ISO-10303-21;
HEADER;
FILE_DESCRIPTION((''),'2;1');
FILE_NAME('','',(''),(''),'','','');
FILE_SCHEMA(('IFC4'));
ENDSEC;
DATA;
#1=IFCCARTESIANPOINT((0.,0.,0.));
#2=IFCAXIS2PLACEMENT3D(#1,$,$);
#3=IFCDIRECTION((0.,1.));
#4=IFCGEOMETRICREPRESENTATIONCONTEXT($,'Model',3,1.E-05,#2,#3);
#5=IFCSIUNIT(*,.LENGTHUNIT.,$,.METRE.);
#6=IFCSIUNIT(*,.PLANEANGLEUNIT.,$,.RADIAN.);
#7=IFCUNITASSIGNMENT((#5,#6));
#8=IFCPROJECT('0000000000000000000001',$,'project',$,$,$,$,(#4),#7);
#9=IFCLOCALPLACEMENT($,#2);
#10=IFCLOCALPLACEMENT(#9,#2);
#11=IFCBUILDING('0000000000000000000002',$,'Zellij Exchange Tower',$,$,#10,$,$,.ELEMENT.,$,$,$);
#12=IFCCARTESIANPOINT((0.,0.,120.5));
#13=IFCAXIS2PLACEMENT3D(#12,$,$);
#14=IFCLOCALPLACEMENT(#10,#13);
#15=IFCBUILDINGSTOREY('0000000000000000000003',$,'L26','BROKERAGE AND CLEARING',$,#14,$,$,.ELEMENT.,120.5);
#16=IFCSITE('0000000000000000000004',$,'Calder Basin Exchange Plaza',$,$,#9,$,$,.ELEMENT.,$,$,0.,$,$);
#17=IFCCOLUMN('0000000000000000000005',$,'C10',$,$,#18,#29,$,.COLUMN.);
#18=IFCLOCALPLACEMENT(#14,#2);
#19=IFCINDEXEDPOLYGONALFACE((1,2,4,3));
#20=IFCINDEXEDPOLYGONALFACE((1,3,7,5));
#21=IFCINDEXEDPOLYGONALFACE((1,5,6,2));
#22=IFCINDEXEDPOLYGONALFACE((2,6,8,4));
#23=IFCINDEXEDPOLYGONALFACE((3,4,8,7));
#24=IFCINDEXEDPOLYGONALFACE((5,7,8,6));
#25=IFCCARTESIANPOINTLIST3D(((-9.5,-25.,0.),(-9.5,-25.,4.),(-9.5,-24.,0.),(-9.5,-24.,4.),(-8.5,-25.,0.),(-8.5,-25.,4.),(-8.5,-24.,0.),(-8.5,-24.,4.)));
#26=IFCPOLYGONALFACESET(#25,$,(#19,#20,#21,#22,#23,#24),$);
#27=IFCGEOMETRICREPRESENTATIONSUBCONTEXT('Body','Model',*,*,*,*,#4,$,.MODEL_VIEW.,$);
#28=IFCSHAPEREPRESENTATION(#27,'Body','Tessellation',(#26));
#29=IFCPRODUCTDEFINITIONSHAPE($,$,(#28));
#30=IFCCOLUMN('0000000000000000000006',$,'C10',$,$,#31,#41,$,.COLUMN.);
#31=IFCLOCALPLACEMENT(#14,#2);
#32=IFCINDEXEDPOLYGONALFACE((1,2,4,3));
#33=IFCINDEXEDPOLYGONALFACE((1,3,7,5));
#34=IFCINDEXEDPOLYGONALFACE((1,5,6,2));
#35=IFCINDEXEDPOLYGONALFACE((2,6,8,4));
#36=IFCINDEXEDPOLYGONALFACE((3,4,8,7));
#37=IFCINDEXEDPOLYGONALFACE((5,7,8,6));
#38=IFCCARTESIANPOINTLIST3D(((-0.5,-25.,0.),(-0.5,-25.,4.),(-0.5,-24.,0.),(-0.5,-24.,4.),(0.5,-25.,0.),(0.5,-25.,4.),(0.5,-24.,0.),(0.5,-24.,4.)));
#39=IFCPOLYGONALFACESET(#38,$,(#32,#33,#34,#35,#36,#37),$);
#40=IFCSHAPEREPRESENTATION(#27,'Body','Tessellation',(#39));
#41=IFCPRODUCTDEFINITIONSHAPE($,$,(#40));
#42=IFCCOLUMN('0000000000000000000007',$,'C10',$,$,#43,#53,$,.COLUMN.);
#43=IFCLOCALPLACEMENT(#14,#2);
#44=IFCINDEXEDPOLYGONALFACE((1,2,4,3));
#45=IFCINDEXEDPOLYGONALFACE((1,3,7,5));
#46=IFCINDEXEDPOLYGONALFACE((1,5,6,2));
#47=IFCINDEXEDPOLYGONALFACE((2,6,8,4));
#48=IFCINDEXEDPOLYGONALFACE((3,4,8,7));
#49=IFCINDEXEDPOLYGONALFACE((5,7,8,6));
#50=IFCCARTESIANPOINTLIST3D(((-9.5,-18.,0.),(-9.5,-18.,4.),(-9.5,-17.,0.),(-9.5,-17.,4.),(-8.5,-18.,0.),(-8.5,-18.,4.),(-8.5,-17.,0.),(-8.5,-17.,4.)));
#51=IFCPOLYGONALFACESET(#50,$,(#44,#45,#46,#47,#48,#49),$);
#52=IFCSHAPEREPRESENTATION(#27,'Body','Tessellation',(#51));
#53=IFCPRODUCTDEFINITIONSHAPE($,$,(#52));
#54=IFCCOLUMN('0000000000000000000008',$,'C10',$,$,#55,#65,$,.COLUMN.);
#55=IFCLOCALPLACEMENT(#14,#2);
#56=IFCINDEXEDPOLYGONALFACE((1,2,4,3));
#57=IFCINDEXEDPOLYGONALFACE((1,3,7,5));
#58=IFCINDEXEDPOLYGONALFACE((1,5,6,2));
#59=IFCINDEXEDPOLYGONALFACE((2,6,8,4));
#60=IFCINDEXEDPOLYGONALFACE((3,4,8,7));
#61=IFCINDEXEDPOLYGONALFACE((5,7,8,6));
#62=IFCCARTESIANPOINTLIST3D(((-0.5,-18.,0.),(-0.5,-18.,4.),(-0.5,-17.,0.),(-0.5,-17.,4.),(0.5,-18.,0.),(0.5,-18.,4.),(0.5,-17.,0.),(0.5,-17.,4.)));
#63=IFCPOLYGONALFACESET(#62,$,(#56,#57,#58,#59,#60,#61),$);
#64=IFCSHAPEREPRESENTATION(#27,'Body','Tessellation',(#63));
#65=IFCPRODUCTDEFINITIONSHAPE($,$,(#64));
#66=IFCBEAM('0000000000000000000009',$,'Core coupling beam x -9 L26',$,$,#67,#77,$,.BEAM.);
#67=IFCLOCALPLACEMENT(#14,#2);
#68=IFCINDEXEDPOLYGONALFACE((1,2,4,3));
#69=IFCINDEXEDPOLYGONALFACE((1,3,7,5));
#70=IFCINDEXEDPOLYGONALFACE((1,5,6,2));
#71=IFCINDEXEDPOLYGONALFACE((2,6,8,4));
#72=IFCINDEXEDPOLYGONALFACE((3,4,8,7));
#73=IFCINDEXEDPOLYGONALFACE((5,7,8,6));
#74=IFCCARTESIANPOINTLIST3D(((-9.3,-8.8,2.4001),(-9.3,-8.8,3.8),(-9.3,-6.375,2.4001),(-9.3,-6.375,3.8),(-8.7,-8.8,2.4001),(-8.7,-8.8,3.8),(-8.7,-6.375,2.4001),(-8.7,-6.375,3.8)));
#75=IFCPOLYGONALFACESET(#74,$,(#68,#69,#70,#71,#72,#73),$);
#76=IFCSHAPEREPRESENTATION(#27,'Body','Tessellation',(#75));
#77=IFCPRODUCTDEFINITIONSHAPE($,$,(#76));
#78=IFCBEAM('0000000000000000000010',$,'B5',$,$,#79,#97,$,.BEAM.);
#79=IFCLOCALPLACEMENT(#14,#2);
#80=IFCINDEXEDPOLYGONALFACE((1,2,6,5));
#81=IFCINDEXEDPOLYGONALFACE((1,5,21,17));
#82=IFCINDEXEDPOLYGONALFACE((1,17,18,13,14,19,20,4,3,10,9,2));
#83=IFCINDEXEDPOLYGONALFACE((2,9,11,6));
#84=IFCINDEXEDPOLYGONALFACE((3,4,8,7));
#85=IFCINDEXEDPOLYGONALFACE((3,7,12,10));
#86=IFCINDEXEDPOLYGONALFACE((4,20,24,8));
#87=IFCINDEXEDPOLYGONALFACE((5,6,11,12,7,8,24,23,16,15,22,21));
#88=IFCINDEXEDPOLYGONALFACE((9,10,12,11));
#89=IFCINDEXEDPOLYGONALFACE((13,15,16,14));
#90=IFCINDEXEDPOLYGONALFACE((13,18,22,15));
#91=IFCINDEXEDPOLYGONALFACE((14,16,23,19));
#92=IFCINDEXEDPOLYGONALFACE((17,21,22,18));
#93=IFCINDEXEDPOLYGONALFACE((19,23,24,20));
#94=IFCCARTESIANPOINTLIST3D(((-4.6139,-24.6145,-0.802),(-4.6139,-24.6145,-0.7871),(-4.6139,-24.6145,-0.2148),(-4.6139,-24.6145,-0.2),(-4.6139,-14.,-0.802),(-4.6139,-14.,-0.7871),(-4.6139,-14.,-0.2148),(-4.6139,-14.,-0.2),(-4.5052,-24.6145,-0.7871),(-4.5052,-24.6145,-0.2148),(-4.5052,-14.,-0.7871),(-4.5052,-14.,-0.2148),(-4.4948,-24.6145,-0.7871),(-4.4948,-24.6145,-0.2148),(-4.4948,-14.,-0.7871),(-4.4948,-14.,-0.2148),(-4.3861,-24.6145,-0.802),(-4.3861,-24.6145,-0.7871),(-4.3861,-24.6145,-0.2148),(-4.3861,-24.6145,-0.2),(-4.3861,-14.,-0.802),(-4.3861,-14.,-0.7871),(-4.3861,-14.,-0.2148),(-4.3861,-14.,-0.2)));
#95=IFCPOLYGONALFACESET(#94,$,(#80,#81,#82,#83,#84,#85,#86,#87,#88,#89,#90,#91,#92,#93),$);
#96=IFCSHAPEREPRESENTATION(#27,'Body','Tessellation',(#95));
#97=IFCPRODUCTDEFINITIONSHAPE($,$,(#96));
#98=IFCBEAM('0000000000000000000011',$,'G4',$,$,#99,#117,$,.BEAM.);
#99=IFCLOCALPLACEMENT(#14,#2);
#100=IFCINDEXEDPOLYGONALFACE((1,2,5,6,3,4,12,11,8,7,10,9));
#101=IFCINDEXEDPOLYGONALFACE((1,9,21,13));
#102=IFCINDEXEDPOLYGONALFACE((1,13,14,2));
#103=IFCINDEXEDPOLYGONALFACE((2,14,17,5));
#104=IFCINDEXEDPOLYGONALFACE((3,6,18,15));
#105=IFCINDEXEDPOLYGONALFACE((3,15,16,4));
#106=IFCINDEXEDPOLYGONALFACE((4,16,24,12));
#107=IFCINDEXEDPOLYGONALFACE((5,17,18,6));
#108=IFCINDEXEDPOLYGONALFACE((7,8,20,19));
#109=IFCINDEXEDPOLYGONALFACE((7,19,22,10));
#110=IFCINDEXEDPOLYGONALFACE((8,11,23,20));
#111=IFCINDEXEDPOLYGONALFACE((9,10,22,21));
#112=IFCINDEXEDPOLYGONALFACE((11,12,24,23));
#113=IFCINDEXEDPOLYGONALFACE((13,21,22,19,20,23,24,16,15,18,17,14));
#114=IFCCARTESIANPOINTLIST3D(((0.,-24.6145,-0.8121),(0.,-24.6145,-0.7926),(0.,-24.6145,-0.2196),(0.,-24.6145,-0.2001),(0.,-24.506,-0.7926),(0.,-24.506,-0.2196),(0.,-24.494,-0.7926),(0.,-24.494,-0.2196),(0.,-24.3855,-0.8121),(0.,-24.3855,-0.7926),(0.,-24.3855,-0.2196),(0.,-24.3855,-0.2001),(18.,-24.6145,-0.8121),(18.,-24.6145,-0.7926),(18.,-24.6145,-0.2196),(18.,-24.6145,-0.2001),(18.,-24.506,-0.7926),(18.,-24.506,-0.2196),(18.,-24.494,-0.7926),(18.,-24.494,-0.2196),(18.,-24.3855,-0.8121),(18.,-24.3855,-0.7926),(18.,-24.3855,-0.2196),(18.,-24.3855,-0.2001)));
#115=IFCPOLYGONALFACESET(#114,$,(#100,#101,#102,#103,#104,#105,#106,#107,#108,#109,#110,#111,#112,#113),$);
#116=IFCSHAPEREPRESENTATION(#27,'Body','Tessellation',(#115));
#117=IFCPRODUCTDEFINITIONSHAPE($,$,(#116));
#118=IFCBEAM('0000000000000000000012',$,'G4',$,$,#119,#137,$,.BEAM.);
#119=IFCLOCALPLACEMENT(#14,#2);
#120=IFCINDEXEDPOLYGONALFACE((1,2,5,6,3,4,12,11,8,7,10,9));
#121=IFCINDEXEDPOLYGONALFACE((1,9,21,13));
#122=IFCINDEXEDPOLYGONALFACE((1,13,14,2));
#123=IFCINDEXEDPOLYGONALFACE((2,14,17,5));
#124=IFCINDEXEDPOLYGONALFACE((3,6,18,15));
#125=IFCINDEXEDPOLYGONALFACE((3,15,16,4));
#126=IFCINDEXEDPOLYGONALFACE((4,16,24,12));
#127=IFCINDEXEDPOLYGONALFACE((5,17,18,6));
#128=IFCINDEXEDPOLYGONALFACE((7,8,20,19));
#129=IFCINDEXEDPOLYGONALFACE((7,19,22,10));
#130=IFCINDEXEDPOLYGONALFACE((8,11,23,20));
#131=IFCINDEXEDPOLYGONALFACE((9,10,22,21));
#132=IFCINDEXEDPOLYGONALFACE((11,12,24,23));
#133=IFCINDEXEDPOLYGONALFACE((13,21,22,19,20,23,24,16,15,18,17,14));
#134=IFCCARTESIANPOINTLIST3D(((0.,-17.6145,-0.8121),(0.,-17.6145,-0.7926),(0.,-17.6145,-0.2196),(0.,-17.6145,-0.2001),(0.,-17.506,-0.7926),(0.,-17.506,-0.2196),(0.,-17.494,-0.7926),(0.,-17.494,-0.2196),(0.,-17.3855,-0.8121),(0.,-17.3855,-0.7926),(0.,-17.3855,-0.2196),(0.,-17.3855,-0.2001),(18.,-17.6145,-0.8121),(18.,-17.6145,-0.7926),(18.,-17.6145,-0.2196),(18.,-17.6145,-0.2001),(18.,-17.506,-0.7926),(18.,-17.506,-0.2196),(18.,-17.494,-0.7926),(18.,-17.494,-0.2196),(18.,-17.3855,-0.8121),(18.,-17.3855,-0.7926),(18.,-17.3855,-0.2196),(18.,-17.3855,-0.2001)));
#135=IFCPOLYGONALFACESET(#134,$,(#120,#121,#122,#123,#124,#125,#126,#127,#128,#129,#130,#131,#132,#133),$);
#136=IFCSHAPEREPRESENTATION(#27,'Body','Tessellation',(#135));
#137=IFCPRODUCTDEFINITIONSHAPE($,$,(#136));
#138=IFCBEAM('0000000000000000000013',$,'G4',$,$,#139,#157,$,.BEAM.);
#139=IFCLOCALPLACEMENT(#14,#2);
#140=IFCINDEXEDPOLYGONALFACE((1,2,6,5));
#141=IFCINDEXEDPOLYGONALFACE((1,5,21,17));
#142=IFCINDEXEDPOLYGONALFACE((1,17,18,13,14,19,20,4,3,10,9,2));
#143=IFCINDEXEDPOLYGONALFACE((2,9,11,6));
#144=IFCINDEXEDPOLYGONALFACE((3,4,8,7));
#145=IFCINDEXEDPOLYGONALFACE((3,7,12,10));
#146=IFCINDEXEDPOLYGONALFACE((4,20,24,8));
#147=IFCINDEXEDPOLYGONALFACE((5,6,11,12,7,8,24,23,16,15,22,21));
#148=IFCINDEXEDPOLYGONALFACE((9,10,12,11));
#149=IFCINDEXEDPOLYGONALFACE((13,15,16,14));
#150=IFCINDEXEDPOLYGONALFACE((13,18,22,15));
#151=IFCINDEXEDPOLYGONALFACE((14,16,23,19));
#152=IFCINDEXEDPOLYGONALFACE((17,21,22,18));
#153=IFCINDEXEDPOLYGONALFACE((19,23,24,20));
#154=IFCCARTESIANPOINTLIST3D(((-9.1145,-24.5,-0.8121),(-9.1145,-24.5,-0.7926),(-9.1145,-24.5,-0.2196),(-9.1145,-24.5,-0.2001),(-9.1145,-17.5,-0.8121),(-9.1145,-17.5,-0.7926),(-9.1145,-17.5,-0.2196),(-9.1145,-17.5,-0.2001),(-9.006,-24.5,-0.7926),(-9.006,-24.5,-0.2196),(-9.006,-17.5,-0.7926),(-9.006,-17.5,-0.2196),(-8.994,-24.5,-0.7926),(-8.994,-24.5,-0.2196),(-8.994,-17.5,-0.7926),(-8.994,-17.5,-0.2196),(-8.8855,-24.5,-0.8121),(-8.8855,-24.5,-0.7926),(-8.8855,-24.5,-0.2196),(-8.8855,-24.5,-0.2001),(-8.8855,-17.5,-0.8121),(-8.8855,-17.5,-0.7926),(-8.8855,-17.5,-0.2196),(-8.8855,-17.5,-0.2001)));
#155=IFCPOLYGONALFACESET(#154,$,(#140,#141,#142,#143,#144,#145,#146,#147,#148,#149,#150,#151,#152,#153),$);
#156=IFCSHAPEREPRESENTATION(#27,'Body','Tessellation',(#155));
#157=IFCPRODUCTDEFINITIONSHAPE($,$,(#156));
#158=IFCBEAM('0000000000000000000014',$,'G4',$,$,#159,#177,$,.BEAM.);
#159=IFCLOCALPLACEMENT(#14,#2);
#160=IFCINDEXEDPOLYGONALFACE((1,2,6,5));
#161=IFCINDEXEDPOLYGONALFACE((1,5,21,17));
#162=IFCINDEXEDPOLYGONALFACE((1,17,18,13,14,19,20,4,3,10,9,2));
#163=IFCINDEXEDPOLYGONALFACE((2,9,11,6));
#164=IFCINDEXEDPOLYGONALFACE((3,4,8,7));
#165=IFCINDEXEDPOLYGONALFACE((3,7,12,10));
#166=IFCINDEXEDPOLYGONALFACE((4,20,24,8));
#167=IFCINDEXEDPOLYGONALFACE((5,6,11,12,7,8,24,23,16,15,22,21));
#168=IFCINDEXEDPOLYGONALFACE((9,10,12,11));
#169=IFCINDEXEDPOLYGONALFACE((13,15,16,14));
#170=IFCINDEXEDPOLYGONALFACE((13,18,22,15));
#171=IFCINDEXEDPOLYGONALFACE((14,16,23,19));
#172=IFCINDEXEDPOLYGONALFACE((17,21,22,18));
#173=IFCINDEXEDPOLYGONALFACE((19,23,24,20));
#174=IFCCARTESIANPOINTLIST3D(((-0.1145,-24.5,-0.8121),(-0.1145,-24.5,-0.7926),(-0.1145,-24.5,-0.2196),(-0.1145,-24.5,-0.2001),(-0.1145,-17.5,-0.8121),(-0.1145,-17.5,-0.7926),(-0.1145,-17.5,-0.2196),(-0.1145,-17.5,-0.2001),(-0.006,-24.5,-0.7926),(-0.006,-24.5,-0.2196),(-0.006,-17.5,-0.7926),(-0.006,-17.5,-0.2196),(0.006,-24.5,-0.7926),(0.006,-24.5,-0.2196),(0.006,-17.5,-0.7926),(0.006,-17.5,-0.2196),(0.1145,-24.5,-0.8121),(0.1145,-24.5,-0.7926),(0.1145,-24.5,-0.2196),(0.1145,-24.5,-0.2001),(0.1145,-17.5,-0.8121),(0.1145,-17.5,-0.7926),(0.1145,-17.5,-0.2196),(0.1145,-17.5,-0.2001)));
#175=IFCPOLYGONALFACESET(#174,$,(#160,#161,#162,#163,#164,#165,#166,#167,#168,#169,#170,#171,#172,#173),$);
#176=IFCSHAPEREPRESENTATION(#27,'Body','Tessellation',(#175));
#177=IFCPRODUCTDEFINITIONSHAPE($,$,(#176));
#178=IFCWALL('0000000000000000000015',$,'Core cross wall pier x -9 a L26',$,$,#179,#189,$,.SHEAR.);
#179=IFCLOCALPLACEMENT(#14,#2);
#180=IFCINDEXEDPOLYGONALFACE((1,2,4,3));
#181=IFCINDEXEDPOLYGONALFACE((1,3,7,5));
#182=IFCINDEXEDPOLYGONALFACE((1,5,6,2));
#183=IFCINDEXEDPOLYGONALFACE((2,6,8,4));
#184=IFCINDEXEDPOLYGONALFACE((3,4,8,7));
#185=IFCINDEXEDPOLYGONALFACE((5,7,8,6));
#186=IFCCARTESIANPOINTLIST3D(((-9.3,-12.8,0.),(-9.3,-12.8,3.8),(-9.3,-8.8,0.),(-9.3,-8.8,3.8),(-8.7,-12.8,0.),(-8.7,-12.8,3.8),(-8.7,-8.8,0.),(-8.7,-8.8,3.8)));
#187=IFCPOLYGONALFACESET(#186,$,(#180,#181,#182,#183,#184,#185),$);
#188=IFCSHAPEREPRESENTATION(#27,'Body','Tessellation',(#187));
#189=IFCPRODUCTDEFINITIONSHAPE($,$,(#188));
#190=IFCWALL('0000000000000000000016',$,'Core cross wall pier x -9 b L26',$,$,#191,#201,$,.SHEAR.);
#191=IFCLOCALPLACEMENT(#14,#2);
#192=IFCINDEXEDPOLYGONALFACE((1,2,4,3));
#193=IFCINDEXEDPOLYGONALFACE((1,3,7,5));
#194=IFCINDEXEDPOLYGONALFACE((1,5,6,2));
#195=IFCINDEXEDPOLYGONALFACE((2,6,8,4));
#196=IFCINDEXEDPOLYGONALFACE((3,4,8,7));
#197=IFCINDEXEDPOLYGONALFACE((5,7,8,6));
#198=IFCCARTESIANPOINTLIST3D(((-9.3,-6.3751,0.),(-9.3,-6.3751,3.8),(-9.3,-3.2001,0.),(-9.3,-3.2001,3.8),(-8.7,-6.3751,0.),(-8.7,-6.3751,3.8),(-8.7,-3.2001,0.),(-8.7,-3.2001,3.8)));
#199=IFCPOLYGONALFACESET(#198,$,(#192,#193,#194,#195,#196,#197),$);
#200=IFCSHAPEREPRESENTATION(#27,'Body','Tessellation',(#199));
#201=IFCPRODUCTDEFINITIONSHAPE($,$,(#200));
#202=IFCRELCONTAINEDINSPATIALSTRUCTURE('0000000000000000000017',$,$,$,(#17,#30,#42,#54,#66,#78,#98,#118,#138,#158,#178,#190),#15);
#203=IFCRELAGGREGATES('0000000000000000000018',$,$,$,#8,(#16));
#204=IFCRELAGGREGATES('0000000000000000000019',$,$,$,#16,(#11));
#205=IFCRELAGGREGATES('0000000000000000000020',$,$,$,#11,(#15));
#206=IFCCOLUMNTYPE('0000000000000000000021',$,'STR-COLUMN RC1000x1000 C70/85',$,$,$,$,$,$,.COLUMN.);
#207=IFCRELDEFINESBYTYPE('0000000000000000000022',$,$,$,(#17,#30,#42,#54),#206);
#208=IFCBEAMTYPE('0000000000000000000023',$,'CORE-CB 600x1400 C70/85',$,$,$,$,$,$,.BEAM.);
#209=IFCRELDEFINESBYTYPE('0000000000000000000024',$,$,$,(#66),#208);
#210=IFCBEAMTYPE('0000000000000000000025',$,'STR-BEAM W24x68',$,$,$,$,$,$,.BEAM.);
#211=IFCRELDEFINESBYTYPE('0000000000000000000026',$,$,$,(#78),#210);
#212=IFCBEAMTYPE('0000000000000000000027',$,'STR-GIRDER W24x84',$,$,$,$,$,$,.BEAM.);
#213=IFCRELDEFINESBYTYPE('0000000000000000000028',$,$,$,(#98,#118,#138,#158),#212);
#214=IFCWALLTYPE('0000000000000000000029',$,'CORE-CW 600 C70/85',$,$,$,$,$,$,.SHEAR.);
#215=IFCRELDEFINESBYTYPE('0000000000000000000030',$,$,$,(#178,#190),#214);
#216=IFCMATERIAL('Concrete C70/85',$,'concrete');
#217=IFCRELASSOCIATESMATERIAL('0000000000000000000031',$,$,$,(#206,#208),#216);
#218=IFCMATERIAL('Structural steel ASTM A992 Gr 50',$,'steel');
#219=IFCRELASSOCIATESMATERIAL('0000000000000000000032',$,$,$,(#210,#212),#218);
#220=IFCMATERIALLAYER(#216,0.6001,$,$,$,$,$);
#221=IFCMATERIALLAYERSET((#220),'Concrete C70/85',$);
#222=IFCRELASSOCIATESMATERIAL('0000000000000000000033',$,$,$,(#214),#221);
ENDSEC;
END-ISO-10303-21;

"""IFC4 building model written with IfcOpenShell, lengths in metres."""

from ifc_helpers import new_model, si_unit, direction, frame, frame_2d, origin, origin_2d, place, context, subcontext, project, spatial, rectangle, i_section, extrude, material, layer, layer_set, material_profile, profile_set, type_object, element, save


model = new_model("IFC4")

# Units and contexts
model_context = context("Model", 3, precision=1e-05, world=origin(), true_north=direction((0.0, 1.0)))
body_context = subcontext(model_context, "Body", "Model", "MODEL_VIEW")
ifc_project = project(units=[si_unit("LENGTHUNIT", "METRE"), si_unit("PLANEANGLEUNIT", "RADIAN")], contexts=[model_context])

# Site, building, storey
site_placement = place(None, origin())
site = spatial("IfcSite", under=ifc_project, at=site_placement, Name="Calder Basin Exchange Plaza", CompositionType="ELEMENT", RefElevation=0.0)
building_placement = place(site_placement, origin())
building = spatial("IfcBuilding", under=site, at=building_placement, Name="Zellij Exchange Tower", CompositionType="ELEMENT")
storey_placement = place(building_placement, frame((0.0, 0.0, 120.5)))
storey = spatial("IfcBuildingStorey", under=building, at=storey_placement, Name="L26", Description="BROKERAGE AND CLEARING", CompositionType="ELEMENT", Elevation=120.5)

# Columns
ifc_material_1 = material(Name="Concrete C70/85", Category="concrete")
ifc_material_profile_1 = material_profile(ifc_material_1, rectangle(XDim=1.0, YDim=1.0, at=origin_2d()), Name="STR-COLUMN RC1000x1000 C70/85")
ifc_profile_set_1 = profile_set([ifc_material_profile_1], Name="Concrete C70/85")
column_type = type_object("IfcColumnType", Name="STR-COLUMN RC1000x1000 C70/85", PredefinedType="COLUMN", material=ifc_profile_set_1)
for number, where, z_axis, x_axis, name in (
    (1, (-9.0, -24.5, 0.0), (0.0, 0.0, 1.0), (1.0, 0.0, 0.0), "C10"),
    (2, (0.0, -24.5, 0.0), (0.0, 0.0, 1.0), (1.0, 0.0, 0.0), "C10"),
    (3, (-9.0, -17.5, 0.0), (0.0, 0.0, 1.0), (1.0, 0.0, 0.0), "C10"),
    (4, (0.0, -17.5, 0.0), (0.0, 0.0, 1.0), (1.0, 0.0, 0.0), "C10"),
):
    element("IfcColumn", number, at=place(storey_placement, frame(where, z_axis=z_axis, x_axis=x_axis)), inside=storey, type_object=column_type, Name=name, PredefinedType="COLUMN", context=body_context, shape_type="SweptSolid", body=[
        extrude(rectangle(XDim=1.0, YDim=1.0, at=origin_2d()), origin(), (0.0, 0.0, 1.0), 4.0),
    ])

# Beams
ifc_material_profile_2 = material_profile(ifc_material_1, rectangle(XDim=0.6001, YDim=1.3999, at=origin_2d()), Name="CORE-CB 600x1400 C70/85")
ifc_profile_set_2 = profile_set([ifc_material_profile_2], Name="Concrete C70/85")
beam_type_1 = type_object("IfcBeamType", Name="CORE-CB 600x1400 C70/85", PredefinedType="BEAM", material=ifc_profile_set_2)
beam_1_placement = place(storey_placement, frame((-9.0, -8.8, 3.1001), z_axis=(0.0, 1.0, 0.0), x_axis=(-1.0, 0.0, 0.0)))
element("IfcBeam", 5, at=beam_1_placement, inside=storey, type_object=beam_type_1, Name="Core coupling beam x -9 L26", PredefinedType="BEAM", context=body_context, shape_type="SweptSolid", body=[
    extrude(rectangle(XDim=0.6001, YDim=1.3999, at=origin_2d()), origin(), (0.0, 0.0, 1.0), 2.425),
])
ifc_material_2 = material(Name="Structural steel ASTM A992 Gr 50", Category="steel")
ifc_material_profile_3 = material_profile(ifc_material_2, i_section(OverallWidth=0.2278, OverallDepth=0.6021, WebThickness=0.0105, FlangeThickness=0.0149, at=origin_2d()), Name="W24x68")
ifc_profile_set_3 = profile_set([ifc_material_profile_3], Name="Structural steel ASTM A992 Gr 50")
beam_type_2 = type_object("IfcBeamType", Name="STR-BEAM W24x68", PredefinedType="BEAM", material=ifc_profile_set_3)
beam_2_placement = place(storey_placement, frame((-4.5, -24.6145, -0.501), z_axis=(0.0, 1.0, 0.0), x_axis=(-1.0, 0.0, 0.0)))
element("IfcBeam", 6, at=beam_2_placement, inside=storey, type_object=beam_type_2, Name="B5", PredefinedType="BEAM", context=body_context, shape_type="SweptSolid", body=[
    extrude(i_section(OverallWidth=0.2278, OverallDepth=0.6021, WebThickness=0.0105, FlangeThickness=0.0149, at=origin_2d()), origin(), (0.0, 0.0, 1.0), 10.6145),
])
ifc_material_profile_4 = material_profile(ifc_material_2, i_section(OverallWidth=0.229, OverallDepth=0.6121, WebThickness=0.012, FlangeThickness=0.0195, at=origin_2d()), Name="W24x84")
ifc_profile_set_4 = profile_set([ifc_material_profile_4], Name="Structural steel ASTM A992 Gr 50")
beam_type_3 = type_object("IfcBeamType", Name="STR-GIRDER W24x84", PredefinedType="BEAM", material=ifc_profile_set_4)
for number, where, z_axis, x_axis, name in (
    (7, (0.0, -24.5, -0.5061), (1.0, 0.0, 0.0), (0.0, 1.0, 0.0), "G4"),
    (8, (0.0, -17.5, -0.5061), (1.0, 0.0, 0.0), (0.0, 1.0, 0.0), "G4"),
):
    element("IfcBeam", number, at=place(storey_placement, frame(where, z_axis=z_axis, x_axis=x_axis)), inside=storey, type_object=beam_type_3, Name=name, PredefinedType="BEAM", context=body_context, shape_type="SweptSolid", body=[
        extrude(i_section(OverallWidth=0.229, OverallDepth=0.6121, WebThickness=0.012, FlangeThickness=0.0195, at=origin_2d()), origin(), (0.0, 0.0, 1.0), 18.0),
    ])
for number, where, z_axis, x_axis, name in (
    (9, (-9.0, -24.5, -0.5061), (0.0, 1.0, 0.0), (-1.0, 0.0, 0.0), "G4"),
    (10, (0.0, -24.5, -0.5061), (0.0, 1.0, 0.0), (-1.0, 0.0, 0.0), "G4"),
):
    element("IfcBeam", number, at=place(storey_placement, frame(where, z_axis=z_axis, x_axis=x_axis)), inside=storey, type_object=beam_type_3, Name=name, PredefinedType="BEAM", context=body_context, shape_type="SweptSolid", body=[
        extrude(i_section(OverallWidth=0.229, OverallDepth=0.6121, WebThickness=0.012, FlangeThickness=0.0195, at=origin_2d()), origin(), (0.0, 0.0, 1.0), 7.0),
    ])

# Walls
ifc_layer_1 = layer(ifc_material_1, 0.6001)
ifc_layer_set_1 = layer_set([ifc_layer_1], Name="Concrete C70/85")
wall_type_1 = type_object("IfcWallType", Name="CORE-CW 600 C70/85", PredefinedType="SHEAR", material=ifc_layer_set_1)
wall_1_placement = place(storey_placement, frame((-9.0, -12.8, 0.0), z_axis=(0.0, 0.0, 1.0), x_axis=(0.0, 1.0, 0.0)))
element("IfcWall", 11, at=wall_1_placement, inside=storey, type_object=wall_type_1, Name="Core cross wall pier x -9 a L26", PredefinedType="SHEAR", context=body_context, shape_type="SweptSolid", body=[
    extrude(rectangle(XDim=4.0, YDim=0.6001, at=frame_2d((2.0, 0.0))), origin(), (0.0, 0.0, 1.0), 3.8),
])
wall_2_placement = place(storey_placement, frame((-9.0, -6.375, 0.0), z_axis=(0.0, 0.0, 1.0), x_axis=(0.0, 1.0, 0.0)))
element("IfcWall", 12, at=wall_2_placement, inside=storey, type_object=wall_type_1, Name="Core cross wall pier x -9 b L26", PredefinedType="SHEAR", context=body_context, shape_type="SweptSolid", body=[
    extrude(rectangle(XDim=3.175, YDim=0.6001, at=frame_2d((1.5874, 0.0))), origin(), (0.0, 0.0, 1.0), 3.8),
])

save(model, "model.ifc")
